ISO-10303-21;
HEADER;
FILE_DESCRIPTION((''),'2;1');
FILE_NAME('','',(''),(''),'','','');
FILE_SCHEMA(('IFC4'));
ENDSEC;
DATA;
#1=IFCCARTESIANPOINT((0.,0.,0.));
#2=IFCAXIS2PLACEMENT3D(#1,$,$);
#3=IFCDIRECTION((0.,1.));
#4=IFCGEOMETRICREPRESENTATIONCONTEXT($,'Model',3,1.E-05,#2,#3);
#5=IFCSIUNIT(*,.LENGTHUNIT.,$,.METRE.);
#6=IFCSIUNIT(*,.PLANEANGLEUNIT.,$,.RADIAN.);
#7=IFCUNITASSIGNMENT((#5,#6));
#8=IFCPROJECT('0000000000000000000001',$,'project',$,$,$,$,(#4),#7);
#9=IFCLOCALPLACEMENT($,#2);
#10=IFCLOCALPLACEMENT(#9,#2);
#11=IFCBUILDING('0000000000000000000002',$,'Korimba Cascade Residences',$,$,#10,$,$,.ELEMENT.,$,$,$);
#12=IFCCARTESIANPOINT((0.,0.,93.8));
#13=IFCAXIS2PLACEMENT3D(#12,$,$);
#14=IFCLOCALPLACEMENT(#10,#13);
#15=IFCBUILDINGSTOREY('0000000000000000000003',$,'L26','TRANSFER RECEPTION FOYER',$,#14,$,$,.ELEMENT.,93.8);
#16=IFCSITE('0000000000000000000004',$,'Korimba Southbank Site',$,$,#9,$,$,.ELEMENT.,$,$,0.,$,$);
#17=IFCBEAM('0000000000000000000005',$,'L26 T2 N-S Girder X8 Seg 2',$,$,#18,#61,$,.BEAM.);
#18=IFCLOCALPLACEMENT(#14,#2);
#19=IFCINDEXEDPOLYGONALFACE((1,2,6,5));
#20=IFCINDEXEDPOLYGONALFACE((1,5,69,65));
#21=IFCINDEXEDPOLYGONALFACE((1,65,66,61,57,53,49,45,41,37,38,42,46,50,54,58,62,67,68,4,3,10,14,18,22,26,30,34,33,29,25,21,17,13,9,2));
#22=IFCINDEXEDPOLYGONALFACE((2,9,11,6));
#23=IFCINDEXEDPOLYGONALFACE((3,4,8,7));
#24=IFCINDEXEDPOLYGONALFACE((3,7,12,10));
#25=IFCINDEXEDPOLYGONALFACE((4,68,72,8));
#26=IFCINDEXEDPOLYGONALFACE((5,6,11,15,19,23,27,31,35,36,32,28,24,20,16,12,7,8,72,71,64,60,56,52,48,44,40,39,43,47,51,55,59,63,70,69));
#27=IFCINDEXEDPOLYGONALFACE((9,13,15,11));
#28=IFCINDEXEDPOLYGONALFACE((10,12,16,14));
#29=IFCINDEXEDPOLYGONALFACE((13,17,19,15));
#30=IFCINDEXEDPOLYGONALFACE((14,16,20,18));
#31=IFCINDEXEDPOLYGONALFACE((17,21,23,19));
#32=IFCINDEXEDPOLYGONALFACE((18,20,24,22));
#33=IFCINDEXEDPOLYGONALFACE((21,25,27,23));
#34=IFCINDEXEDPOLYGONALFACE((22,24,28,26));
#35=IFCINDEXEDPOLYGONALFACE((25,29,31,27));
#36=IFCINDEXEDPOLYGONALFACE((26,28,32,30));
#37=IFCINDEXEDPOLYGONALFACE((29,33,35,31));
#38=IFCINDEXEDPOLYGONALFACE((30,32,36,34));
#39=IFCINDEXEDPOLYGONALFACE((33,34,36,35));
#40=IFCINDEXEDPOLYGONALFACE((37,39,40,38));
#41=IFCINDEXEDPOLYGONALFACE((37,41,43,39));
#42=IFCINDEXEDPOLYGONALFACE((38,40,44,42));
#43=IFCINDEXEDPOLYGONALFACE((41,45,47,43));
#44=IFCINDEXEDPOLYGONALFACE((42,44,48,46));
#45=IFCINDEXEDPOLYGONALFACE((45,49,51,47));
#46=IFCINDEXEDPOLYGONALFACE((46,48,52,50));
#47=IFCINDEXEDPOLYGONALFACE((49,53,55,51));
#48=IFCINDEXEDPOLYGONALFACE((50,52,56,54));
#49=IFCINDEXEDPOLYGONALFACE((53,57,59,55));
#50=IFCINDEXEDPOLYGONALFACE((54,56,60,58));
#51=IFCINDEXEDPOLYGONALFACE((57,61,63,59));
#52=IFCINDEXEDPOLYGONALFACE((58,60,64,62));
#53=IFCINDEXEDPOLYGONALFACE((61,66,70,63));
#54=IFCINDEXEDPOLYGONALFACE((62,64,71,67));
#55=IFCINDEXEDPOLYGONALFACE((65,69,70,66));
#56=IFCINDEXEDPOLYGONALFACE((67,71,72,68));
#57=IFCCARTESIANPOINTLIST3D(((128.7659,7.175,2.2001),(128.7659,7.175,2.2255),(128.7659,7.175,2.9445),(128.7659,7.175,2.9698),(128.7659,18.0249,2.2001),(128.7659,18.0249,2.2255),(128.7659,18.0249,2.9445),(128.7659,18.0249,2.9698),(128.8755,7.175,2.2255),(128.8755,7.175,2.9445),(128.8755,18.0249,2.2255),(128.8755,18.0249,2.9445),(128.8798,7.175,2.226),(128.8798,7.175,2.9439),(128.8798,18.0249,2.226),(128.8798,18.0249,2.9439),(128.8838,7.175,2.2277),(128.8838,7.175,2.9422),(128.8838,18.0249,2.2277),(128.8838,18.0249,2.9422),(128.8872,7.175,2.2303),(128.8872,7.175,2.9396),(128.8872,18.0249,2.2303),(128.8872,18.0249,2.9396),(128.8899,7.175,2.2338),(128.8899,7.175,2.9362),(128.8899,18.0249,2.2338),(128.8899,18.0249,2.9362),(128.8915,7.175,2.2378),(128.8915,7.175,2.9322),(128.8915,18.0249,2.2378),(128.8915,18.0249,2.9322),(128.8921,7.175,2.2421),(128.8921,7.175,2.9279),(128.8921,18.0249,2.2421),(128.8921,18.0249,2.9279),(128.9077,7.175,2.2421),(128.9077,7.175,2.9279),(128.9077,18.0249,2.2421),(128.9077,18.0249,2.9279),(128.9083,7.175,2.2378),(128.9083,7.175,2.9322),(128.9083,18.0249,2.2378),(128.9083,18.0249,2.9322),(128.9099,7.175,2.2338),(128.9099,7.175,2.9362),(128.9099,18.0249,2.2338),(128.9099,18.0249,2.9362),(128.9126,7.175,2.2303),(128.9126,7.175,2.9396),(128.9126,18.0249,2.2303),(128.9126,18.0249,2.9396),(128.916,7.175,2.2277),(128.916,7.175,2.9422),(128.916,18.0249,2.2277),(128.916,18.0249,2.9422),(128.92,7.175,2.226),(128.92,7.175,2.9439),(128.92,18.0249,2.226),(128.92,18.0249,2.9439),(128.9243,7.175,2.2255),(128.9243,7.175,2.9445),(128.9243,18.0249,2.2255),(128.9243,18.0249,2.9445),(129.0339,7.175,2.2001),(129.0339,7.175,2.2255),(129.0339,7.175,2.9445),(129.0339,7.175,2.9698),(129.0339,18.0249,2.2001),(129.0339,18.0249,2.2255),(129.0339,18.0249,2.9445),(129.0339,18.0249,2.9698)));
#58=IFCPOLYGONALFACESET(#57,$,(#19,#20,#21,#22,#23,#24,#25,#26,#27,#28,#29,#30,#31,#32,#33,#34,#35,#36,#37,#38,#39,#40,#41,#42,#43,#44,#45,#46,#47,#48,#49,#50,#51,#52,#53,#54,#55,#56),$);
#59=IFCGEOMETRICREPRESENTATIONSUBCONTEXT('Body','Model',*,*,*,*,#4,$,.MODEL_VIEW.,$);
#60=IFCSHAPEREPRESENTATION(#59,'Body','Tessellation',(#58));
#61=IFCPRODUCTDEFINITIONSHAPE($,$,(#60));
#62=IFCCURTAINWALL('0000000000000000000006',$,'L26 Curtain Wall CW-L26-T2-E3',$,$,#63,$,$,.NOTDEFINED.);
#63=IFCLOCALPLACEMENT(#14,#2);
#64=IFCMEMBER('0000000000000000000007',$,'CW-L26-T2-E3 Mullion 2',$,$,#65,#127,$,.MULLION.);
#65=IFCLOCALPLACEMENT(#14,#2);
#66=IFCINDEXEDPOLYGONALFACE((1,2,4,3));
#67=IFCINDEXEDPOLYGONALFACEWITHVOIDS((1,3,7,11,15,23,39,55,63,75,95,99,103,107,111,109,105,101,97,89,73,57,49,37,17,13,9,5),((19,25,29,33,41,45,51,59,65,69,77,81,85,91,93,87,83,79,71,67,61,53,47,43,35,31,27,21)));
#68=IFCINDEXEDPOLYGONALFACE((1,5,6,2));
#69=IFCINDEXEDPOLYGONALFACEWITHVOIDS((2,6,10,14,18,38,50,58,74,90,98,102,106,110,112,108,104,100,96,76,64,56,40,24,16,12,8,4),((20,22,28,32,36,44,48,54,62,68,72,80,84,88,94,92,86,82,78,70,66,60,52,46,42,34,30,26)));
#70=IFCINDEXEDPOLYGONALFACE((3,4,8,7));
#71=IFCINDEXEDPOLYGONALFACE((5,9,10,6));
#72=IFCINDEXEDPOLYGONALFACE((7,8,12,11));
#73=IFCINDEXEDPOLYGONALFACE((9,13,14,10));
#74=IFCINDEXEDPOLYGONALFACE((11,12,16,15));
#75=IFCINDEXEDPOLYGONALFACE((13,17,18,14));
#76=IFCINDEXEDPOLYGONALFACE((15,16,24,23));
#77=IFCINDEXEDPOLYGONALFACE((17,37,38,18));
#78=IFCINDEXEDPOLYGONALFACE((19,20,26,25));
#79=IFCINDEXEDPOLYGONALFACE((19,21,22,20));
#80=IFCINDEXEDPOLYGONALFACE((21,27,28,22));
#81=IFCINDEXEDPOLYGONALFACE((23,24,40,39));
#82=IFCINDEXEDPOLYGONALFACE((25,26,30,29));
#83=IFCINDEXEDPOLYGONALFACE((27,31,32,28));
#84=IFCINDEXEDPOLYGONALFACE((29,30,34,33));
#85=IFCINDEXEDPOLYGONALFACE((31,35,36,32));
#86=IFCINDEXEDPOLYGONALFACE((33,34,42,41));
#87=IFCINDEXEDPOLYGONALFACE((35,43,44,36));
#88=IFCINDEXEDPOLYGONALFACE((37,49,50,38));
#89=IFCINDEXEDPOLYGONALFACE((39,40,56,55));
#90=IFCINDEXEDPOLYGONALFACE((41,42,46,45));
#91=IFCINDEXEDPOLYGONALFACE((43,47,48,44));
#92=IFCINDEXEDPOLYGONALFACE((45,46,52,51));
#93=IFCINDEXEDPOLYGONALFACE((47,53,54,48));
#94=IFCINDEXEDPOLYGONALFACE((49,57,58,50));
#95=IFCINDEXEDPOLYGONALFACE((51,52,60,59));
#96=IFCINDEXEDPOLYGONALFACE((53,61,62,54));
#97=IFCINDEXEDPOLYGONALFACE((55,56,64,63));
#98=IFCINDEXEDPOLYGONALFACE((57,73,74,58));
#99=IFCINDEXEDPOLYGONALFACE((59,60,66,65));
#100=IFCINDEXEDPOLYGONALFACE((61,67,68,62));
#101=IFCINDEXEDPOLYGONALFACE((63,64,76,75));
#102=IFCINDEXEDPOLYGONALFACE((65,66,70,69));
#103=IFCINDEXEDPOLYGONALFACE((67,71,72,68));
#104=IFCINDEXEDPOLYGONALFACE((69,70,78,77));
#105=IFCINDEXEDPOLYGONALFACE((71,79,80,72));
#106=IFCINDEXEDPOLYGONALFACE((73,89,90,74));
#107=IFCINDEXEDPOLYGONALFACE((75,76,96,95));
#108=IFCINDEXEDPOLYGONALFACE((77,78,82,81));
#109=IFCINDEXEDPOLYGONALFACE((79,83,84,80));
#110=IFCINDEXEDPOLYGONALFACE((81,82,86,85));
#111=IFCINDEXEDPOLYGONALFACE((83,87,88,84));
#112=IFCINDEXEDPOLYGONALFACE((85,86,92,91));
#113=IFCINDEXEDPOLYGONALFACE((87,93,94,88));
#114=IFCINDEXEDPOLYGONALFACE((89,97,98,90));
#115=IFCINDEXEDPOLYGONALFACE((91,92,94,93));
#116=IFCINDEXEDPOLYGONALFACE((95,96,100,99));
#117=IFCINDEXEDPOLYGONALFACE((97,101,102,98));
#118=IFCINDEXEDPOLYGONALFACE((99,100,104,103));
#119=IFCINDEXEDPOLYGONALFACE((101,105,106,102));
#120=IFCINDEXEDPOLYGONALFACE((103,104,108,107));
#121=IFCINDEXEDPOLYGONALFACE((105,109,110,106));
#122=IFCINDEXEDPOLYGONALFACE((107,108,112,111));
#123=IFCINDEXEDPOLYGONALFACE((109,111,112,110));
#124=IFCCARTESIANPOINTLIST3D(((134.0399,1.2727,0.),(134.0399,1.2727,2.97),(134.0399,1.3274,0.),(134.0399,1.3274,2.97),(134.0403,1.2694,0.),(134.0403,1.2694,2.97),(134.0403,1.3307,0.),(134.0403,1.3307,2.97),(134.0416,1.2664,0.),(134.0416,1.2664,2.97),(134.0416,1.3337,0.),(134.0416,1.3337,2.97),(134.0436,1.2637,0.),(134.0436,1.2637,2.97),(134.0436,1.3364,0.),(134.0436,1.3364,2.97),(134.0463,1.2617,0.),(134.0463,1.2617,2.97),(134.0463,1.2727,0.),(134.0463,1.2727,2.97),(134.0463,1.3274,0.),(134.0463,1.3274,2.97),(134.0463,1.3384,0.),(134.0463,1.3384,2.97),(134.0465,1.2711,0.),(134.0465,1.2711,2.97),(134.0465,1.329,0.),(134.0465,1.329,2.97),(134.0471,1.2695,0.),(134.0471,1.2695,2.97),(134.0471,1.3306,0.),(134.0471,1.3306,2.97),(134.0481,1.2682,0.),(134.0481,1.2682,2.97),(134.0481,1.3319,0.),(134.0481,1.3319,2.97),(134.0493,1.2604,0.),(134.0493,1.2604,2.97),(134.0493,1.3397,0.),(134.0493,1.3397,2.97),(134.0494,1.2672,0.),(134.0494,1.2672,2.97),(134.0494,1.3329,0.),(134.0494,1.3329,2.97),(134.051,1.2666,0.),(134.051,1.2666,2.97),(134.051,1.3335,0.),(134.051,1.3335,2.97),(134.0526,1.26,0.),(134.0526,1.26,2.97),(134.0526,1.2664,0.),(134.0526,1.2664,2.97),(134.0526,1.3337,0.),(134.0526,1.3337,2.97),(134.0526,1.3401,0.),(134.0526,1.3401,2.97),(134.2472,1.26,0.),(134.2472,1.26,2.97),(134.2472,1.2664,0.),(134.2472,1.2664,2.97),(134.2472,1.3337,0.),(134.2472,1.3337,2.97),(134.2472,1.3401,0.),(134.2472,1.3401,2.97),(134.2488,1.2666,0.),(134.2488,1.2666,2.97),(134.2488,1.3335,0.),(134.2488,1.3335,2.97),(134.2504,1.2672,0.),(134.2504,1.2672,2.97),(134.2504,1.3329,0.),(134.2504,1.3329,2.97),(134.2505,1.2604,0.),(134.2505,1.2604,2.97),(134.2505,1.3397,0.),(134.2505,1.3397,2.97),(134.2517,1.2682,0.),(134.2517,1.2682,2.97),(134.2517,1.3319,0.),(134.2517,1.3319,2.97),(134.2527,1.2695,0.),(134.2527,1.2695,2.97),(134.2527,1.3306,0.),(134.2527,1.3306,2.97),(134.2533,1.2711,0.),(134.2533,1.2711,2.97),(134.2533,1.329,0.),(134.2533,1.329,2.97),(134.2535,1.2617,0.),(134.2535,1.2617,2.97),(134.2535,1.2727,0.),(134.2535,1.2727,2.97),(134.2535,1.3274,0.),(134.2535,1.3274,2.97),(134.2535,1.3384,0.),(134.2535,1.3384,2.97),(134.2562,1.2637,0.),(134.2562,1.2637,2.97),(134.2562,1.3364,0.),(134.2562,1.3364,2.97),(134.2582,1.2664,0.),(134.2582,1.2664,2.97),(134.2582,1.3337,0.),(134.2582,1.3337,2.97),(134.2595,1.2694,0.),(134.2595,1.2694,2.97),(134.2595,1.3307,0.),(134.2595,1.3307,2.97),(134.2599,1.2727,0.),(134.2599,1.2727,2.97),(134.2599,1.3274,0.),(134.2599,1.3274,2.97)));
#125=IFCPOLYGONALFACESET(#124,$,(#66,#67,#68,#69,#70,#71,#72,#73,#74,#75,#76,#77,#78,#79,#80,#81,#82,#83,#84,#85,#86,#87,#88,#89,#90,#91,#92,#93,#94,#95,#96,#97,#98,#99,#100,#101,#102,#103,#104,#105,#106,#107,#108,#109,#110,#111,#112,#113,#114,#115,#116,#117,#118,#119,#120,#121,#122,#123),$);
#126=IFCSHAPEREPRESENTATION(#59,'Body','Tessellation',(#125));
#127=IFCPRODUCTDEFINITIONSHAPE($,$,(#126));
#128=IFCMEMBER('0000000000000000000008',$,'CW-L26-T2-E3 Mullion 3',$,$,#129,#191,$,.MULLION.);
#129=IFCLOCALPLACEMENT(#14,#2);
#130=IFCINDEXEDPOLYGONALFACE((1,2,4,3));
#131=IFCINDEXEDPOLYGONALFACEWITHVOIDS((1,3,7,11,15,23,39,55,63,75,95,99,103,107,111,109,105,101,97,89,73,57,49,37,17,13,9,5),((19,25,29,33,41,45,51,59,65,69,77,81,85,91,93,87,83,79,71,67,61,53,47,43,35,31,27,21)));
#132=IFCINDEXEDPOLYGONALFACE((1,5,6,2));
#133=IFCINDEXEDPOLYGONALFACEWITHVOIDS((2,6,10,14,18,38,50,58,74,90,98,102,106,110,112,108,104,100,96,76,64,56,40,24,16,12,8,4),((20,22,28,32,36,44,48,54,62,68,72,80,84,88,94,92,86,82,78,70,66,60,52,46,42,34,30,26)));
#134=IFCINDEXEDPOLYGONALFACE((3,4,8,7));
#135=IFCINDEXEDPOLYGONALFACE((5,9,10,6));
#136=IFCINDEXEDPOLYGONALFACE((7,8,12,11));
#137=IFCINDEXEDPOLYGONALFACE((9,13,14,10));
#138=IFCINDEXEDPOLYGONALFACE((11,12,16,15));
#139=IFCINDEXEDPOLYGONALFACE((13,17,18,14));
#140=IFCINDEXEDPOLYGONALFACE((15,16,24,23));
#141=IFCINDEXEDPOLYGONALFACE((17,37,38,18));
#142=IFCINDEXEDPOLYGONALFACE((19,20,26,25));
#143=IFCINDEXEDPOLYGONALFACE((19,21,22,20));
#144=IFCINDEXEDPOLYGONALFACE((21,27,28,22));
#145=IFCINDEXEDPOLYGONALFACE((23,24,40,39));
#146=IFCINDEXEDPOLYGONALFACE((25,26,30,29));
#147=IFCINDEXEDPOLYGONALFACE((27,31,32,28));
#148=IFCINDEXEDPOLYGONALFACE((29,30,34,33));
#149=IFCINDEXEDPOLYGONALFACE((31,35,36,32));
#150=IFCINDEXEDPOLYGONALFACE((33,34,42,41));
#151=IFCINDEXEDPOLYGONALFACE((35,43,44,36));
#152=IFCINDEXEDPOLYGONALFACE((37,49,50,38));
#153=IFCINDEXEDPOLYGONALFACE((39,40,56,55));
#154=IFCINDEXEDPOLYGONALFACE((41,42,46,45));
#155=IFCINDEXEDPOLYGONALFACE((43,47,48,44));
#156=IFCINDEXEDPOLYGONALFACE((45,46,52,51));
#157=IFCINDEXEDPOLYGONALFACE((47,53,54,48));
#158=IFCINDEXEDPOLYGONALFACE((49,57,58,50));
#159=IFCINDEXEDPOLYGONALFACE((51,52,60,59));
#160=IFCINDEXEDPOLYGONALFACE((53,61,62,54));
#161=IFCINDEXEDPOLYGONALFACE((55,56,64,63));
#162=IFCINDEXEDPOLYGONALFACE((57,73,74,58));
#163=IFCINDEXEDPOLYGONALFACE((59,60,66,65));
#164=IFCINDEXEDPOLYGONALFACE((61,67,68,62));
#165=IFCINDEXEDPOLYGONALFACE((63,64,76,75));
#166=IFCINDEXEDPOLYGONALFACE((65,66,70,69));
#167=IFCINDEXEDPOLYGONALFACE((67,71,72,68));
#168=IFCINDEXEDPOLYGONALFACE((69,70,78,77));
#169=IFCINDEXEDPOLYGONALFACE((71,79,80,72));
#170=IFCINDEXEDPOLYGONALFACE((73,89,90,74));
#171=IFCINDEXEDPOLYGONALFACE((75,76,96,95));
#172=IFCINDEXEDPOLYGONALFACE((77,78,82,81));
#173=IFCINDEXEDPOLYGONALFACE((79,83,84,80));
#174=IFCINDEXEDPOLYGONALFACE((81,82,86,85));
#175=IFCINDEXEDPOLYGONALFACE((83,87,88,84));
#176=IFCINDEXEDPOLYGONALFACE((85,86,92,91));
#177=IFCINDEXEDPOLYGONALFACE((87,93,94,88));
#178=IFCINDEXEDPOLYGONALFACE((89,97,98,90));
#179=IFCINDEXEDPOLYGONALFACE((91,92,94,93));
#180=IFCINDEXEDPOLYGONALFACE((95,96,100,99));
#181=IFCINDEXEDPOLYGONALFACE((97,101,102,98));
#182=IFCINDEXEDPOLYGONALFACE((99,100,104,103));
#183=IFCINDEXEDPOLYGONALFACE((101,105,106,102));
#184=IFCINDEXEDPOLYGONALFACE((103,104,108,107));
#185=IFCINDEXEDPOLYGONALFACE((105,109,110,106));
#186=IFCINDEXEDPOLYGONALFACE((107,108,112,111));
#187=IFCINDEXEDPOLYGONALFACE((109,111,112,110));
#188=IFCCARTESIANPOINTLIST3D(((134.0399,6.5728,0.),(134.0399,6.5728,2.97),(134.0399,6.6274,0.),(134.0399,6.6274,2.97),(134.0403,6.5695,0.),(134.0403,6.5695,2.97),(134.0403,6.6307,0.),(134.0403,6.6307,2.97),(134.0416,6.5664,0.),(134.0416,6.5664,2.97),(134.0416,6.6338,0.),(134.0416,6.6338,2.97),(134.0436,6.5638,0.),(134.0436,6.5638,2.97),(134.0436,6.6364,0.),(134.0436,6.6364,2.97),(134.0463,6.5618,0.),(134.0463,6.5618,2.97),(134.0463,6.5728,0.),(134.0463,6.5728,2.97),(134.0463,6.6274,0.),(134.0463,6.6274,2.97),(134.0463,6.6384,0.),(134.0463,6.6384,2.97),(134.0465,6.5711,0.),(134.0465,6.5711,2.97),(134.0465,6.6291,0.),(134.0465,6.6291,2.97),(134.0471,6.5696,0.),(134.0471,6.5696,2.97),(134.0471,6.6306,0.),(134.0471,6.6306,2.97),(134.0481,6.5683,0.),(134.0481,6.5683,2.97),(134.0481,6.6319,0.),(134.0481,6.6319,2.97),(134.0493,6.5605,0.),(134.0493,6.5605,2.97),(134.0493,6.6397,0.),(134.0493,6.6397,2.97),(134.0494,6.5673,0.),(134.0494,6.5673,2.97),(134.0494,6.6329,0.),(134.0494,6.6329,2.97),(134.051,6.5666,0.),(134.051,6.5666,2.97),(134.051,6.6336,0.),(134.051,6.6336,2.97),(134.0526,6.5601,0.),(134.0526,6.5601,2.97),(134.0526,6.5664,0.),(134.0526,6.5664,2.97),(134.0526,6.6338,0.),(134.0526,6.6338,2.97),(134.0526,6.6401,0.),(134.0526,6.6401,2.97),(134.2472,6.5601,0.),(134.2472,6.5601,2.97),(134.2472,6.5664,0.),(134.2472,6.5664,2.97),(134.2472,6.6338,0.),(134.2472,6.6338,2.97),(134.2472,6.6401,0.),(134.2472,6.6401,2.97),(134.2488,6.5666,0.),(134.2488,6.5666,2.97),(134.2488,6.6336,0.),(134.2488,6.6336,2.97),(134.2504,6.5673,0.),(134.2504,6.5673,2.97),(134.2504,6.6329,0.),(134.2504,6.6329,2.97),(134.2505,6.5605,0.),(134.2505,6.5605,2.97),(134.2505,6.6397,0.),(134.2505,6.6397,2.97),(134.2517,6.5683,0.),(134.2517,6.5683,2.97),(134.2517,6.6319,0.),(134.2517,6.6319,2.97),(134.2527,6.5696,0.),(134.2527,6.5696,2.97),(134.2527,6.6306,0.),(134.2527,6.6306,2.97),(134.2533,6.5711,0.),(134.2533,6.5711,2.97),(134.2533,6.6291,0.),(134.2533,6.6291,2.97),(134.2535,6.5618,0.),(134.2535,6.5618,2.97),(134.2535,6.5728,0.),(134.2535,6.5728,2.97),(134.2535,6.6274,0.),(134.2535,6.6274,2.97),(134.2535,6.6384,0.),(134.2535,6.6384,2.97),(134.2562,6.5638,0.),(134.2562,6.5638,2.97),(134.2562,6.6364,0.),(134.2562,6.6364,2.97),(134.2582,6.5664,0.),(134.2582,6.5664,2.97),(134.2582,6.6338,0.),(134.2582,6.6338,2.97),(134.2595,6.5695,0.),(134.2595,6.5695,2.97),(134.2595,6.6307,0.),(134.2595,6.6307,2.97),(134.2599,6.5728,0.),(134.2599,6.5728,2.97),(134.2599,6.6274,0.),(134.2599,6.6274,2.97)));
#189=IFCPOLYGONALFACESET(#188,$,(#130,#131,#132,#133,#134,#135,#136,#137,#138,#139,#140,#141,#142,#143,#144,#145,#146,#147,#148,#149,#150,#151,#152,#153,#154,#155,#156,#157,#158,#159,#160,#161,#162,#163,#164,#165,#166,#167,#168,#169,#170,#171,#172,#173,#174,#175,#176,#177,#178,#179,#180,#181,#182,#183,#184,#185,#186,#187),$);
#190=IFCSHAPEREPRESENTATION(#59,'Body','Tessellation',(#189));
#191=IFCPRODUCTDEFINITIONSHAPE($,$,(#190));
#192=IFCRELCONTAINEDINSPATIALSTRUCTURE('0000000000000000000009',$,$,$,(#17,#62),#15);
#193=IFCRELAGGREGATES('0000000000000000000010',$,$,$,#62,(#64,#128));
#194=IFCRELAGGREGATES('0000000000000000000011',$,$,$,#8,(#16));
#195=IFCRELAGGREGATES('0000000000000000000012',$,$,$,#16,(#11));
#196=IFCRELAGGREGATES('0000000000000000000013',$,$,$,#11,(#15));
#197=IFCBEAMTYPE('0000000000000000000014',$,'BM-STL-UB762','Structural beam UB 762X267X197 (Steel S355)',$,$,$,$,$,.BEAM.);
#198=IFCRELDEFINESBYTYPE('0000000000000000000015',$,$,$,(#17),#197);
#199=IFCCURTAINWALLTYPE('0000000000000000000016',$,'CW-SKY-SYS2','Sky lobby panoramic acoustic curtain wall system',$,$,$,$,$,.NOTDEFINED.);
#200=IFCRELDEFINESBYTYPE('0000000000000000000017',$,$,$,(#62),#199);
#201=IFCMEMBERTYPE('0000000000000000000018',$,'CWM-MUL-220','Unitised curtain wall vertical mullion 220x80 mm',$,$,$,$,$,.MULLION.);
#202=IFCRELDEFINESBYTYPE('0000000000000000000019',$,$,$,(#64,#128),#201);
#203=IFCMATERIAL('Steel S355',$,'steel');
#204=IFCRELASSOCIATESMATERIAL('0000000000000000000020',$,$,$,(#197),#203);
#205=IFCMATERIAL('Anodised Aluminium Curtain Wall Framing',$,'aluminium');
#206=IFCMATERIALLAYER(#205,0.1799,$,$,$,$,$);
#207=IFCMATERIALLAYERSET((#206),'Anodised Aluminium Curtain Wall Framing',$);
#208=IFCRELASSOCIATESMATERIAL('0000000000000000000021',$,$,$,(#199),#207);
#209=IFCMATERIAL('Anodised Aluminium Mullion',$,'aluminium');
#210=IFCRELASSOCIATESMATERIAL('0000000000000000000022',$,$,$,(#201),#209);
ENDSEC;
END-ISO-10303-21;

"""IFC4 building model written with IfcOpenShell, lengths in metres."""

from ifc_helpers import new_model, si_unit, direction, frame, origin, origin_2d, place, context, subcontext, project, spatial, hollow_rectangle, i_section, extrude, material, layer, layer_set, material_profile, profile_set, type_object, element, aggregate, save


model = new_model("IFC4")

# Units and contexts
model_context = context("Model", 3, precision=1e-05, world=origin(), true_north=direction((0.0, 1.0)))
body_context = subcontext(model_context, "Body", "Model", "MODEL_VIEW")
ifc_project = project(units=[si_unit("LENGTHUNIT", "METRE"), si_unit("PLANEANGLEUNIT", "RADIAN")], contexts=[model_context])

# Site, building, storey
site_placement = place(None, origin())
site = spatial("IfcSite", under=ifc_project, at=site_placement, Name="Korimba Southbank Site", CompositionType="ELEMENT", RefElevation=0.0)
building_placement = place(site_placement, origin())
building = spatial("IfcBuilding", under=site, at=building_placement, Name="Korimba Cascade Residences", CompositionType="ELEMENT")
storey_placement = place(building_placement, frame((0.0, 0.0, 93.8)))
storey = spatial("IfcBuildingStorey", under=building, at=storey_placement, Name="L26", Description="TRANSFER RECEPTION FOYER", CompositionType="ELEMENT", Elevation=93.8)

# Beam
ifc_material_1 = material(Name="Steel S355", Category="steel")
ifc_material_profile_1 = material_profile(ifc_material_1, i_section(OverallWidth=0.2681, OverallDepth=0.7698, WebThickness=0.0156, FlangeThickness=0.0254, FilletRadius=0.0166, at=origin_2d()), Name="Steel S355")
ifc_profile_set_1 = profile_set([ifc_material_profile_1], Name="Steel S355")
beam_type_1 = type_object("IfcBeamType", Name="BM-STL-UB762", Description="Structural beam UB 762X267X197 (Steel S355)", PredefinedType="BEAM", material=ifc_profile_set_1)
for number, where, z_axis, x_axis, name in (
    (1, (128.8999, 7.175, 2.585), (0.0, 1.0, 0.0), (-1.0, 0.0, 0.0), "L26 T2 N-S Girder X8 Seg 2"),
):
    element("IfcBeam", number, at=place(storey_placement, frame(where, z_axis=z_axis, x_axis=x_axis)), inside=storey, type_object=beam_type_1, Name=name, PredefinedType="BEAM", context=body_context, shape_type="SweptSolid", body=[
        extrude(i_section(OverallWidth=0.2681, OverallDepth=0.7698, WebThickness=0.0156, FlangeThickness=0.0254, FilletRadius=0.0166, at=origin_2d()), origin(), (0.0, 0.0, 1.0), 10.8499),
    ])

# Curtain wall, members
ifc_material_2 = material(Name="Anodised Aluminium Curtain Wall Framing", Category="aluminium")
ifc_layer_1 = layer(ifc_material_2, 0.1799)
ifc_layer_set_1 = layer_set([ifc_layer_1], Name="Anodised Aluminium Curtain Wall Framing")
curtain_wall_type = type_object("IfcCurtainWallType", Name="CW-SKY-SYS2", Description="Sky lobby panoramic acoustic curtain wall system", PredefinedType="NOTDEFINED", material=ifc_layer_set_1)
curtain_wall_placement = place(storey_placement, origin())
curtain_wall = element("IfcCurtainWall", 2, at=curtain_wall_placement, inside=storey, type_object=curtain_wall_type, Name="L26 Curtain Wall CW-L26-T2-E3", PredefinedType="NOTDEFINED")
ifc_material_3 = material(Name="Anodised Aluminium Mullion", Category="aluminium")
ifc_material_profile_2 = material_profile(ifc_material_3, hollow_rectangle(XDim=0.0801, YDim=0.22, WallThickness=0.0063, InnerFilletRadius=0.0063, OuterFilletRadius=0.0127, at=origin_2d()), Name="Anodised Aluminium Mullion")
ifc_profile_set_2 = profile_set([ifc_material_profile_2], Name="Anodised Aluminium Mullion")
member_type_1 = type_object("IfcMemberType", Name="CWM-MUL-220", Description="Unitised curtain wall vertical mullion 220x80 mm", PredefinedType="MULLION", material=ifc_profile_set_2)
member_1_placement = place(storey_placement, frame((134.1499, 1.3, 0.0), z_axis=(0.0, 0.0, 1.0), x_axis=(0.0, 1.0, 0.0)))
member_1 = element("IfcMember", 3, at=member_1_placement, type_object=member_type_1, Name="CW-L26-T2-E3 Mullion 2", PredefinedType="MULLION", context=body_context, shape_type="SweptSolid", body=[
    extrude(hollow_rectangle(XDim=0.0801, YDim=0.22, WallThickness=0.0063, InnerFilletRadius=0.0063, OuterFilletRadius=0.0127, at=origin_2d()), origin(), (0.0, 0.0, 1.0), 2.97),
])
member_2_placement = place(storey_placement, frame((134.1499, 6.6001, 0.0), z_axis=(0.0, 0.0, 1.0), x_axis=(0.0, 1.0, 0.0)))
member_2 = element("IfcMember", 4, at=member_2_placement, type_object=member_type_1, Name="CW-L26-T2-E3 Mullion 3", PredefinedType="MULLION", context=body_context, shape_type="SweptSolid", body=[
    extrude(hollow_rectangle(XDim=0.0801, YDim=0.22, WallThickness=0.0063, InnerFilletRadius=0.0063, OuterFilletRadius=0.0127, at=origin_2d()), origin(), (0.0, 0.0, 1.0), 2.97),
])
aggregate(curtain_wall, [member_1, member_2])

save(model, "model.ifc")
